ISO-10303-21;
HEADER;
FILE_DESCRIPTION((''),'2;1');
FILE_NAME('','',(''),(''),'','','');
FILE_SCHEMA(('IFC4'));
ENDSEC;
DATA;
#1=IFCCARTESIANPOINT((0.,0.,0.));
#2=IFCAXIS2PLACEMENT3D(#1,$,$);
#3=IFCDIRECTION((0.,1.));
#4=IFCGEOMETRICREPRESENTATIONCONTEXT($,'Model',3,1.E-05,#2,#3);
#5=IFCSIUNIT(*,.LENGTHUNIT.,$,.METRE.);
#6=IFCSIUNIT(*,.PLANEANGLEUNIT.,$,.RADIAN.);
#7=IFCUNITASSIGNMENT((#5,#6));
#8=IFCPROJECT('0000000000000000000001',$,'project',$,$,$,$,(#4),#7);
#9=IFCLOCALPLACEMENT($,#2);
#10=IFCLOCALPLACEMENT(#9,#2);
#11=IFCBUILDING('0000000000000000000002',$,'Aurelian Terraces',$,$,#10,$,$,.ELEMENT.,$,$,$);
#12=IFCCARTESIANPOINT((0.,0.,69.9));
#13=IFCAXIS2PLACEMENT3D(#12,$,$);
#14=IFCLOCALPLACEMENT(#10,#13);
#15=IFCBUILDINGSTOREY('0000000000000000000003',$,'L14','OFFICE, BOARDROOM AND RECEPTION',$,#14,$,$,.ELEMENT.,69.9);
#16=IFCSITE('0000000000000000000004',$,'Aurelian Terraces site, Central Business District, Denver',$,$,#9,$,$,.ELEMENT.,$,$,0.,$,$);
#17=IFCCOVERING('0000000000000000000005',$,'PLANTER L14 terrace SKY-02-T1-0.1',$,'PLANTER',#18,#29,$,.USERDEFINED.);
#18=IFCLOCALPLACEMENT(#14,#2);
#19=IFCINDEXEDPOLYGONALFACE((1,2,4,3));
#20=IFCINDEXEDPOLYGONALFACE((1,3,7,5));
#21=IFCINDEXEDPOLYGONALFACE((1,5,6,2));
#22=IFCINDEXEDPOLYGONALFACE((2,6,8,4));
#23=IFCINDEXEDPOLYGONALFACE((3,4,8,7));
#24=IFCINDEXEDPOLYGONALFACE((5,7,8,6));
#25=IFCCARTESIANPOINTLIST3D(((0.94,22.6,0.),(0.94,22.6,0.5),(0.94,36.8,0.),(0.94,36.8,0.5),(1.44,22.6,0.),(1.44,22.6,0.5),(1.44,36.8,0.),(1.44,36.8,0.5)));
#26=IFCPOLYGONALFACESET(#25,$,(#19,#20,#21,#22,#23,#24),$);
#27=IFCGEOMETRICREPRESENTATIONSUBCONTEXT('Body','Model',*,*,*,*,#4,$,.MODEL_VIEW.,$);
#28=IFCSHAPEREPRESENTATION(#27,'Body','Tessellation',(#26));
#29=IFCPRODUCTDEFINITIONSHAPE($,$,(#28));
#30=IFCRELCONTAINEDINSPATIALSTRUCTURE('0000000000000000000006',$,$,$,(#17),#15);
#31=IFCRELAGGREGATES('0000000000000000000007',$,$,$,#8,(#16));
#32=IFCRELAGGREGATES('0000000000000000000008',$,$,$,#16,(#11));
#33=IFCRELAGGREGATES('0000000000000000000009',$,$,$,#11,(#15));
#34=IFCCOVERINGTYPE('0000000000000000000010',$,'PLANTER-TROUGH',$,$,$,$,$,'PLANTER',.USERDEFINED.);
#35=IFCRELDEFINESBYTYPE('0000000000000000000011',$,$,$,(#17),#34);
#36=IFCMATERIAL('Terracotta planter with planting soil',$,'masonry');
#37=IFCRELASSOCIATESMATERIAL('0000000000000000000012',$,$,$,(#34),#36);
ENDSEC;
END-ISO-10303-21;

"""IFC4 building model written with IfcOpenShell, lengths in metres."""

from ifc_helpers import new_model, si_unit, direction, frame, origin, origin_2d, place, context, subcontext, project, spatial, rectangle, extrude, material, type_object, element, save


model = new_model("IFC4")

# Units and contexts
model_context = context("Model", 3, precision=1e-05, world=origin(), true_north=direction((0.0, 1.0)))
body_context = subcontext(model_context, "Body", "Model", "MODEL_VIEW")
ifc_project = project(units=[si_unit("LENGTHUNIT", "METRE"), si_unit("PLANEANGLEUNIT", "RADIAN")], contexts=[model_context])

# Site, building, storey
site_placement = place(None, origin())
site = spatial("IfcSite", under=ifc_project, at=site_placement, Name="Aurelian Terraces site, Central Business District, Denver", CompositionType="ELEMENT", RefElevation=0.0)
building_placement = place(site_placement, origin())
building = spatial("IfcBuilding", under=site, at=building_placement, Name="Aurelian Terraces", CompositionType="ELEMENT")
storey_placement = place(building_placement, frame((0.0, 0.0, 69.9)))
storey = spatial("IfcBuildingStorey", under=building, at=storey_placement, Name="L14", Description="OFFICE, BOARDROOM AND RECEPTION", CompositionType="ELEMENT", Elevation=69.9)

# Covering
ifc_material_1 = material(Name="Terracotta planter with planting soil", Category="masonry")
covering_type = type_object("IfcCoveringType", Name="PLANTER-TROUGH", ElementType="PLANTER", PredefinedType="USERDEFINED", material=ifc_material_1)
covering_placement = place(storey_placement, frame((1.19, 29.7, 0.0), z_axis=(0.0, 0.0, 1.0), x_axis=(1.0, 0.0, 0.0)))
element("IfcCovering", 1, at=covering_placement, inside=storey, type_object=covering_type, Name="PLANTER L14 terrace SKY-02-T1-0.1", ObjectType="PLANTER", PredefinedType="USERDEFINED", context=body_context, shape_type="SweptSolid", body=[
    extrude(rectangle(XDim=0.5, YDim=14.2, at=origin_2d()), origin(), (0.0, 0.0, 1.0), 0.5),
])

save(model, "model.ifc")
